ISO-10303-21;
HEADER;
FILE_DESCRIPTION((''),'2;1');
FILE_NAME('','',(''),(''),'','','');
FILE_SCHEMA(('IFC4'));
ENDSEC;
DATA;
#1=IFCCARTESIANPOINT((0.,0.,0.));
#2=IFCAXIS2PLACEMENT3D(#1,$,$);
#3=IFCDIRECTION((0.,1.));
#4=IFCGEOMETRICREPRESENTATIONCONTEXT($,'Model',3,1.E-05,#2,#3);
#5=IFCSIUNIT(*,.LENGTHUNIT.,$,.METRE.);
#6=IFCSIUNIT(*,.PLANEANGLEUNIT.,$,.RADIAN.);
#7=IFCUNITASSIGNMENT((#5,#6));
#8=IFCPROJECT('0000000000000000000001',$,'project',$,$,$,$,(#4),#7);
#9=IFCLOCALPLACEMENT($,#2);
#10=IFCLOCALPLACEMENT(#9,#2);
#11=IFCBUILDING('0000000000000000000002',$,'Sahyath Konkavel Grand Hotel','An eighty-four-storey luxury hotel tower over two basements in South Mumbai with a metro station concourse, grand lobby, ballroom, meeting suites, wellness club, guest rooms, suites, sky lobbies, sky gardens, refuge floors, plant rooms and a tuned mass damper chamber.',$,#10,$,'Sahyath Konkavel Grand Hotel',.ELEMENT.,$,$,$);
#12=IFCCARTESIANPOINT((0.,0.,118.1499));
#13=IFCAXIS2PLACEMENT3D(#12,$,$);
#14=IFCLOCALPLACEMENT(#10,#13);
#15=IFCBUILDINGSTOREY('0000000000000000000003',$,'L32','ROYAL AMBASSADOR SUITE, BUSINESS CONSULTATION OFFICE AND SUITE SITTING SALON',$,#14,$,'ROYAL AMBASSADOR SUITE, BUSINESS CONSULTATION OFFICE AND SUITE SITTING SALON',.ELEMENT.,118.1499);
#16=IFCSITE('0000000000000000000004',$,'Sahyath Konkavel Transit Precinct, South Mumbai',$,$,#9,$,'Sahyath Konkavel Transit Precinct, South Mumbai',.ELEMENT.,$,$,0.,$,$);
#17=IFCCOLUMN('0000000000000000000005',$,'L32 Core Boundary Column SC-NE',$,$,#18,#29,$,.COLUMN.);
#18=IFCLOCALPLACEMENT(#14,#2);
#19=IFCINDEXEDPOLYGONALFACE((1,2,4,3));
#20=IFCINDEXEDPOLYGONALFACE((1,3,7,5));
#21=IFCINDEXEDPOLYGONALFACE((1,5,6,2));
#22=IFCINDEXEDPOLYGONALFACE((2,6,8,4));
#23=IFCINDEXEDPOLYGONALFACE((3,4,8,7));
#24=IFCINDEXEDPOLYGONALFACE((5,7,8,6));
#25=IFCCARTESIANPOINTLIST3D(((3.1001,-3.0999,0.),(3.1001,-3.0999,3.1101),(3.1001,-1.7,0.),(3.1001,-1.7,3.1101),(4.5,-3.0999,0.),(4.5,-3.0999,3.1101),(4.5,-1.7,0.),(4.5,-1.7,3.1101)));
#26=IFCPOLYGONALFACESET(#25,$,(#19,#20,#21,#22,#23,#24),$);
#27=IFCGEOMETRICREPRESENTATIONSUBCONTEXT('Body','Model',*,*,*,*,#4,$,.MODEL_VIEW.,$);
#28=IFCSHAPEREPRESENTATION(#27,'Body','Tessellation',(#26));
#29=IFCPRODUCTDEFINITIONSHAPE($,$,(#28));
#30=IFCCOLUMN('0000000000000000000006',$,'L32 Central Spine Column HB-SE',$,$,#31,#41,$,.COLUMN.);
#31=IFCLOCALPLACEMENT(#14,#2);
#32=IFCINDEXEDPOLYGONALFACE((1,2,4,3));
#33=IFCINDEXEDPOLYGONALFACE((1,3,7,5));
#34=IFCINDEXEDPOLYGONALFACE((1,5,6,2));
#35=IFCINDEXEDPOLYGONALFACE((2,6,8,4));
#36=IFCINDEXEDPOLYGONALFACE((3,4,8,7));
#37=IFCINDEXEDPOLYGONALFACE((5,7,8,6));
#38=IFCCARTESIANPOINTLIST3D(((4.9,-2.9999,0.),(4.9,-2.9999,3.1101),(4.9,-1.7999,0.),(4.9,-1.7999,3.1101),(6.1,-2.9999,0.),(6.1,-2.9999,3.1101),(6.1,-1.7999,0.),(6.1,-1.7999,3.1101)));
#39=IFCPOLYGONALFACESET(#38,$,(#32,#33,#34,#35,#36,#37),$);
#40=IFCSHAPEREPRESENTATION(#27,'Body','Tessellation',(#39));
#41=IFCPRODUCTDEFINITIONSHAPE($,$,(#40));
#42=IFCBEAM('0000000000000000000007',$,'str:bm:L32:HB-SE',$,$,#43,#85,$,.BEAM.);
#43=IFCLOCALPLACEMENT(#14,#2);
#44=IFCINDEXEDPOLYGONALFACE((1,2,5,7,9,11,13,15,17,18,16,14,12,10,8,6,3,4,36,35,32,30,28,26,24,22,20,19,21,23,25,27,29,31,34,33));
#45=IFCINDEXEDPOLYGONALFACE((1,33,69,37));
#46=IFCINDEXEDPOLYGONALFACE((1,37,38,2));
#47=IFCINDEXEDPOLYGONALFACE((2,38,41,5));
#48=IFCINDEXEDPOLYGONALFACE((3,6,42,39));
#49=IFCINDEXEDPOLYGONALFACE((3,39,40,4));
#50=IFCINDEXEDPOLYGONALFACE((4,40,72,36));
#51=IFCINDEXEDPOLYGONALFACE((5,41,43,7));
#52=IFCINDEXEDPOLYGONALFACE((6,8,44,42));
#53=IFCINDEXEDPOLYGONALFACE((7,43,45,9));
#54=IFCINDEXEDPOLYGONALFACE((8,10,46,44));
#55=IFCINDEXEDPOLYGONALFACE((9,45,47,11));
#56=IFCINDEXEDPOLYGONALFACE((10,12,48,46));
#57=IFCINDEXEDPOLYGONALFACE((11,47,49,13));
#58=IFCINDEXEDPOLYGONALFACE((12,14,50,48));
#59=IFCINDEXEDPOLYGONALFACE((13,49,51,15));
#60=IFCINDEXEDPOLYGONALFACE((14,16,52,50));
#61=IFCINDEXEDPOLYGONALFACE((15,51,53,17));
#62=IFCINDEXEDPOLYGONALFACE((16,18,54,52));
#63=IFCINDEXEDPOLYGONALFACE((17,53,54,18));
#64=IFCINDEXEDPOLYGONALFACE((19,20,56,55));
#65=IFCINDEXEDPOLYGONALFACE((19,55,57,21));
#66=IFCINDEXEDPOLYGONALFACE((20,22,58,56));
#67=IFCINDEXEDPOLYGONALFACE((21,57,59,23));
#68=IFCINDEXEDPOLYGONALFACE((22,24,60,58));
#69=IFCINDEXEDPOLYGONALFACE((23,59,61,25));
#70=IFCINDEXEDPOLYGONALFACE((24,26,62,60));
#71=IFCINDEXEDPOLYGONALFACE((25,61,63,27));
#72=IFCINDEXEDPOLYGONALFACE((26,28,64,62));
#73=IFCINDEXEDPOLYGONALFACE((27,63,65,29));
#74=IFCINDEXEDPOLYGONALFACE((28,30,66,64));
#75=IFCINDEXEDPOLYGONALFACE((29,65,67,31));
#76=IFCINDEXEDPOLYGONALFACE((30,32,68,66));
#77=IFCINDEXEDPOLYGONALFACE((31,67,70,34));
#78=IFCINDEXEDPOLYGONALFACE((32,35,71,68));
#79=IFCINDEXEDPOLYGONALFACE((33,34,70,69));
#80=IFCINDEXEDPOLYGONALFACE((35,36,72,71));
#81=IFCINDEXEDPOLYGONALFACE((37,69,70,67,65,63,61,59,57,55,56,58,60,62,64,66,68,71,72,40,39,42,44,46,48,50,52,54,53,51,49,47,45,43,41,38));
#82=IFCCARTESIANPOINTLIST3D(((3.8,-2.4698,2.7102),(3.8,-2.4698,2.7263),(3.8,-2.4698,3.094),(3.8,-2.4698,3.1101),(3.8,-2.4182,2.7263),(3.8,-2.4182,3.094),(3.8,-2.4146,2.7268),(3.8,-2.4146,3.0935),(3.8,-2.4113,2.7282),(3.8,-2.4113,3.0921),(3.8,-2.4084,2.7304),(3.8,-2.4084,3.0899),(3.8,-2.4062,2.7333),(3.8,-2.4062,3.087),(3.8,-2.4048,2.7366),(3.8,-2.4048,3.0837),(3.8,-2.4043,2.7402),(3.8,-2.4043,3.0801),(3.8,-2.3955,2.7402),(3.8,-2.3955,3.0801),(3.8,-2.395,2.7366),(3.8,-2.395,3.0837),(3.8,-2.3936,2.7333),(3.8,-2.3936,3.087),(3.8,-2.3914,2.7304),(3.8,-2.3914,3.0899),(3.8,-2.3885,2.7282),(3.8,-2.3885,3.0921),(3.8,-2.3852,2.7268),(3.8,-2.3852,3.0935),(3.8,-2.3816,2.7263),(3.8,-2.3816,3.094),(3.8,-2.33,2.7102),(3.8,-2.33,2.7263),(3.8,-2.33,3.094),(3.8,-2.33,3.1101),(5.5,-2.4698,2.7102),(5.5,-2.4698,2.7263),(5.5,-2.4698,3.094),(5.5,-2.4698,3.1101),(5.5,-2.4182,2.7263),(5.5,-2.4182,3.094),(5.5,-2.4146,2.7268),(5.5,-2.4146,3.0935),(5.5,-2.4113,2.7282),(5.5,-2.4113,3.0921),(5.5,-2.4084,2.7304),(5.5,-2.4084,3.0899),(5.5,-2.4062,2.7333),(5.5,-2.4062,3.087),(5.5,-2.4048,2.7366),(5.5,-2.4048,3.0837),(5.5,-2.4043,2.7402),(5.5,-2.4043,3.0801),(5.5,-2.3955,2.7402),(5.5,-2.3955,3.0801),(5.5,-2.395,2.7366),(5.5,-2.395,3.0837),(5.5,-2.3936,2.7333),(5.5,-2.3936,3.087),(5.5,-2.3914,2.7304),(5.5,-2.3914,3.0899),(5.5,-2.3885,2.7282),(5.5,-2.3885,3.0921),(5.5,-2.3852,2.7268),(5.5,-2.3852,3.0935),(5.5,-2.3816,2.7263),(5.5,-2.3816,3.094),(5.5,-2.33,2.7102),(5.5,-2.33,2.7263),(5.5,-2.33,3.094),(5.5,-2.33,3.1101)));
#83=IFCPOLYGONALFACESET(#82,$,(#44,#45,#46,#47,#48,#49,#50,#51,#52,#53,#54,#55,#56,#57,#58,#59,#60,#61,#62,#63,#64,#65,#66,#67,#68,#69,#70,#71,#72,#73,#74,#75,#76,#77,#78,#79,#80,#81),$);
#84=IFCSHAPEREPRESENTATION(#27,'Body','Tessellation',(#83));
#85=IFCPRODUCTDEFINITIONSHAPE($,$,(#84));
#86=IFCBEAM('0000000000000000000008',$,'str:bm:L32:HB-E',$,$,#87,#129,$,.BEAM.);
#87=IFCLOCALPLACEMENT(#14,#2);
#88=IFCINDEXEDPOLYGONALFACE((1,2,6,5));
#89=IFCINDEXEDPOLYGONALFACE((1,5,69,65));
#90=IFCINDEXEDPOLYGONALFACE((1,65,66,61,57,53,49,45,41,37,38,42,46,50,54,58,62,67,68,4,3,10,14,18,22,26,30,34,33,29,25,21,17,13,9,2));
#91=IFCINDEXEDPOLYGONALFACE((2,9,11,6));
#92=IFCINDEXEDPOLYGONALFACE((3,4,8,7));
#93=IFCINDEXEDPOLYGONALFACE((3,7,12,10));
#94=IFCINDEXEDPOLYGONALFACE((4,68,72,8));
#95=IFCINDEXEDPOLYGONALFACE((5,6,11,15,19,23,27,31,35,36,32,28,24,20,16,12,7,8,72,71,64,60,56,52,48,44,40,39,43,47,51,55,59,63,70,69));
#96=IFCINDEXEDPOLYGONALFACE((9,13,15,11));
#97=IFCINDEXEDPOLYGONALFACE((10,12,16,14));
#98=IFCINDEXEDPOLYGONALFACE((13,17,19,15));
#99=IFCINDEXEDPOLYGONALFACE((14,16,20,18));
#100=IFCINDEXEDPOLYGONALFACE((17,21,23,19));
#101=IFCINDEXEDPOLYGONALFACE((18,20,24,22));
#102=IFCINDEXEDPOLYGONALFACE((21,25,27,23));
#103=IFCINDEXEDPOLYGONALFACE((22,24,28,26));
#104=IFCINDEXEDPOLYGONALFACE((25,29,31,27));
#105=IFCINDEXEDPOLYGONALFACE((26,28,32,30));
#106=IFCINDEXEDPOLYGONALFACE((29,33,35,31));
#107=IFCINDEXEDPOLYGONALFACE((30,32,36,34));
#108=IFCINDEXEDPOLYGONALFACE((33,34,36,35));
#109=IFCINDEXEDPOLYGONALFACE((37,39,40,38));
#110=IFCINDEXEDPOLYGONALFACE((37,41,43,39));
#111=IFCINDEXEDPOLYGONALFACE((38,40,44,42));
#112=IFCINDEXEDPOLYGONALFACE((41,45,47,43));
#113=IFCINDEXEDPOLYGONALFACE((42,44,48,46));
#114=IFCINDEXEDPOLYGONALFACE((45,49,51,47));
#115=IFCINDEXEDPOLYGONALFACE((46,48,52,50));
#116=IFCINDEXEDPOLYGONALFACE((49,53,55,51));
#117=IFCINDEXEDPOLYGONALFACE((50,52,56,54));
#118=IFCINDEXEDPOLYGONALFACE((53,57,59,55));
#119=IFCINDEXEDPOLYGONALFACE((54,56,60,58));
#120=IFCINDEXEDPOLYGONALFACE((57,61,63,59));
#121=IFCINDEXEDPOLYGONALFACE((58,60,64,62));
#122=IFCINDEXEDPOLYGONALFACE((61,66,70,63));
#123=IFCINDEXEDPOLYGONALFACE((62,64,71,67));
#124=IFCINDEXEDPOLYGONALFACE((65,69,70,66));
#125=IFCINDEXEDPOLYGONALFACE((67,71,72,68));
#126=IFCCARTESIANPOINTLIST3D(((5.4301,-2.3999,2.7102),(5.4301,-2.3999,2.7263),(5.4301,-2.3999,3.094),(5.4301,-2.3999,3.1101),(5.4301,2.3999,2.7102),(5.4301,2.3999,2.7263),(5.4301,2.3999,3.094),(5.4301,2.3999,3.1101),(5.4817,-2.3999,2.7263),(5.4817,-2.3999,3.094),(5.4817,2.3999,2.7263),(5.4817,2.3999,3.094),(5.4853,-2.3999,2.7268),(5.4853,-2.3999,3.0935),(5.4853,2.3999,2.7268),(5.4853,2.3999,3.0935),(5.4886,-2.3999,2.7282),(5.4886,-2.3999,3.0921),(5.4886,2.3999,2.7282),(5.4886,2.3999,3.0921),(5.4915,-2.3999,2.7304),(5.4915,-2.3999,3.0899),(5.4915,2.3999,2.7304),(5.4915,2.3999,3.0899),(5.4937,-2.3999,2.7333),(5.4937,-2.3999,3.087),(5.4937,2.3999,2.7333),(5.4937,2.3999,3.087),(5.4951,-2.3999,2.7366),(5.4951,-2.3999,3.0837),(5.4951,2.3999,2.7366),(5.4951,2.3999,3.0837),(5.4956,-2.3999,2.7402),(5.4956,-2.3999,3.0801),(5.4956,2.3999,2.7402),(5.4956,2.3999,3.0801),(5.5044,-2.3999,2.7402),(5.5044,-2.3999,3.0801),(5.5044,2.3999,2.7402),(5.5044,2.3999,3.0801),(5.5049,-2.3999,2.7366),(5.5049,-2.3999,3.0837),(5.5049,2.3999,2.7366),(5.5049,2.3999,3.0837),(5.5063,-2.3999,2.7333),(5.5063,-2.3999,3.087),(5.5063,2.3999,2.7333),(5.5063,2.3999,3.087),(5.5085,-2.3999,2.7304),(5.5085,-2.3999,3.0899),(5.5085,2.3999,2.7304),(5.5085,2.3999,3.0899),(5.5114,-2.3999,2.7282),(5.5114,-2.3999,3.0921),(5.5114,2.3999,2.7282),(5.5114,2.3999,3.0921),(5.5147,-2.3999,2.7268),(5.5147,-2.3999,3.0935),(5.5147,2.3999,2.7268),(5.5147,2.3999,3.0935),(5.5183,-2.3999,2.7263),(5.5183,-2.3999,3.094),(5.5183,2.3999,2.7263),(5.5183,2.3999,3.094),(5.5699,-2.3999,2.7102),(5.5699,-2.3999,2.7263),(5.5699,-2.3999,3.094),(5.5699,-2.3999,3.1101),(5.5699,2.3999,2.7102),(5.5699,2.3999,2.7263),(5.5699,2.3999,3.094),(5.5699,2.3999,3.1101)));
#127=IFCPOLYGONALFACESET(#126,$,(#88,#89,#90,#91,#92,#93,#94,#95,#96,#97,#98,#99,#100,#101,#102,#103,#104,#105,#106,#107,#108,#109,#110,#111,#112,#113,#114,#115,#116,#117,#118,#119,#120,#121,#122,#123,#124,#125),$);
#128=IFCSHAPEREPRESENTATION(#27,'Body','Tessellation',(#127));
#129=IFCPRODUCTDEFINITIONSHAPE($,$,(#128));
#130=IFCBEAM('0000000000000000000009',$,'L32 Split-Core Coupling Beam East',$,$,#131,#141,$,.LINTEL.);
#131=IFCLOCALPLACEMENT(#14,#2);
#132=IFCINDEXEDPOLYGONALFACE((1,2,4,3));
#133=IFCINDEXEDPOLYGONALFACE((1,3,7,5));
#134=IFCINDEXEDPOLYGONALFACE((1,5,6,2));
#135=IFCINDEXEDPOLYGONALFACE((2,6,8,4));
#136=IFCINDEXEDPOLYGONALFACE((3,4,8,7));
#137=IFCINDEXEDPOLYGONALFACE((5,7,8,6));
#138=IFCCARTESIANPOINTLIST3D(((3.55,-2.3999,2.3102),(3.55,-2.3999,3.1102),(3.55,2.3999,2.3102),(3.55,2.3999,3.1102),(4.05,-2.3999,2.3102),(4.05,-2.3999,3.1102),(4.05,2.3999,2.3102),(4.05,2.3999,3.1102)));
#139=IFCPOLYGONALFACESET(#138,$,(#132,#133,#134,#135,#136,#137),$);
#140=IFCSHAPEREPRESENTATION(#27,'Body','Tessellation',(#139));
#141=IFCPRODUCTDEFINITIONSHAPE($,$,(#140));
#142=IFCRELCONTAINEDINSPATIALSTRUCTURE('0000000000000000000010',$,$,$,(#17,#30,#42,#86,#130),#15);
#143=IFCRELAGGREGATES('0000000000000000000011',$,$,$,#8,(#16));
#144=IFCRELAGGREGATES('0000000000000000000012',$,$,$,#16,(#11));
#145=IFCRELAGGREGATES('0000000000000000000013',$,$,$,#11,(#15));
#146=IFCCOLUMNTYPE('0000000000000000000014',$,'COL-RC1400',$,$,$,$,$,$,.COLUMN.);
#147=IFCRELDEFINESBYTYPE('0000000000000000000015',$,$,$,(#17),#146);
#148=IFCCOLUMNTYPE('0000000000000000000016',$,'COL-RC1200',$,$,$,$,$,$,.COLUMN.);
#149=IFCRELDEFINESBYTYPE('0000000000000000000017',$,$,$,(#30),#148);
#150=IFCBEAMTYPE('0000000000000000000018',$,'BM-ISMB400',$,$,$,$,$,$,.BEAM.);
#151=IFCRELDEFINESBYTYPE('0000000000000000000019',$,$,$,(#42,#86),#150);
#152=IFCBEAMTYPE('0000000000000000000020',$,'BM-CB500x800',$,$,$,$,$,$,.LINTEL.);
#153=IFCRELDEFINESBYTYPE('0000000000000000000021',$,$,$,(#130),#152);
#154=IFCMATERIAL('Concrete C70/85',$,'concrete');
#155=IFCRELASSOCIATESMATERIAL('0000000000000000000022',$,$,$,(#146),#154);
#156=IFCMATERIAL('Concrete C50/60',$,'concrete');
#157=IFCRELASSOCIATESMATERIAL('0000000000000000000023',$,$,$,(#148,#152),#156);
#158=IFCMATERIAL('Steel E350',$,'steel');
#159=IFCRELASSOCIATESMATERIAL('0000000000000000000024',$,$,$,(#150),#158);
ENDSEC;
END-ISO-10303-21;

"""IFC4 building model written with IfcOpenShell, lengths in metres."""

from ifc_helpers import new_model, si_unit, direction, frame, origin, origin_2d, place, context, subcontext, project, spatial, rectangle, i_section, extrude, source, transform, mapped, material, material_profile, profile_set, type_object, element, save


model = new_model("IFC4")

# Units and contexts
model_context = context("Model", 3, precision=1e-05, world=origin(), true_north=direction((0.0, 1.0)))
body_context = subcontext(model_context, "Body", "Model", "MODEL_VIEW")
ifc_project = project(units=[si_unit("LENGTHUNIT", "METRE"), si_unit("PLANEANGLEUNIT", "RADIAN")], contexts=[model_context])

# Site, building, storey
site_placement = place(None, origin())
site = spatial("IfcSite", under=ifc_project, at=site_placement, Name="Sahyath Konkavel Transit Precinct, South Mumbai", LongName="Sahyath Konkavel Transit Precinct, South Mumbai", CompositionType="ELEMENT", RefElevation=0.0)
building_placement = place(site_placement, origin())
building = spatial("IfcBuilding", under=site, at=building_placement, Name="Sahyath Konkavel Grand Hotel", Description="An eighty-four-storey luxury hotel tower over two basements in South Mumbai with a metro station concourse, grand lobby, ballroom, meeting suites, wellness club, guest rooms, suites, sky lobbies, sky gardens, refuge floors, plant rooms and a tuned mass damper chamber.", LongName="Sahyath Konkavel Grand Hotel", CompositionType="ELEMENT")
storey_placement = place(building_placement, frame((0.0, 0.0, 118.1499)))
storey = spatial("IfcBuildingStorey", under=building, at=storey_placement, Name="L32", Description="ROYAL AMBASSADOR SUITE, BUSINESS CONSULTATION OFFICE AND SUITE SITTING SALON", LongName="ROYAL AMBASSADOR SUITE, BUSINESS CONSULTATION OFFICE AND SUITE SITTING SALON", CompositionType="ELEMENT", Elevation=118.1499)

# Columns
ifc_material_1 = material(Name="Concrete C70/85", Category="concrete")
ifc_material_profile_1 = material_profile(ifc_material_1, rectangle(XDim=1.3999, YDim=1.3999, at=origin_2d()), Name="RC 1400x1400")
ifc_profile_set_1 = profile_set([ifc_material_profile_1], Name="Concrete C70/85")
column_type_1 = type_object("IfcColumnType", Name="COL-RC1400", PredefinedType="COLUMN", material=ifc_profile_set_1)
shared_shape_1 = source(origin(), body_context, "Body", "SweptSolid", [
    extrude(rectangle(XDim=1.3999, YDim=1.3999, at=origin_2d()), origin(), (0.0, 0.0, 1.0), 3.1101),
])
column_1_placement = place(storey_placement, frame((3.8, -2.3999, 0.0), z_axis=(0.0, 0.0, 1.0), x_axis=(1.0, 0.0, 0.0)))
element("IfcColumn", 1, at=column_1_placement, inside=storey, type_object=column_type_1, Name="L32 Core Boundary Column SC-NE", PredefinedType="COLUMN", context=body_context, shape_type="MappedRepresentation", body=[
    mapped(shared_shape_1, transform((0.0, 0.0, 0.0), scale=1.0)),
])
ifc_material_2 = material(Name="Concrete C50/60", Category="concrete")
ifc_material_profile_2 = material_profile(ifc_material_2, rectangle(XDim=1.2, YDim=1.2, at=origin_2d()), Name="RC 1200x1200")
ifc_profile_set_2 = profile_set([ifc_material_profile_2], Name="Concrete C50/60")
column_type_2 = type_object("IfcColumnType", Name="COL-RC1200", PredefinedType="COLUMN", material=ifc_profile_set_2)
shared_shape_2 = source(origin(), body_context, "Body", "SweptSolid", [
    extrude(rectangle(XDim=1.2, YDim=1.2, at=origin_2d()), origin(), (0.0, 0.0, 1.0), 3.1101),
])
column_2_placement = place(storey_placement, frame((5.5, -2.3999, 0.0), z_axis=(0.0, 0.0, 1.0), x_axis=(1.0, 0.0, 0.0)))
element("IfcColumn", 2, at=column_2_placement, inside=storey, type_object=column_type_2, Name="L32 Central Spine Column HB-SE", PredefinedType="COLUMN", context=body_context, shape_type="MappedRepresentation", body=[
    mapped(shared_shape_2, transform((0.0, 0.0, 0.0), scale=1.0)),
])

# Beams
ifc_material_3 = material(Name="Steel E350", Category="steel")
ifc_material_profile_3 = material_profile(ifc_material_3, i_section(OverallWidth=0.1399, OverallDepth=0.3999, WebThickness=0.0088, FlangeThickness=0.0161, FilletRadius=0.0139, at=origin_2d()), Name="ISMB 400")
ifc_profile_set_3 = profile_set([ifc_material_profile_3], Name="Steel E350")
beam_type_1 = type_object("IfcBeamType", Name="BM-ISMB400", PredefinedType="BEAM", material=ifc_profile_set_3)
shared_shape_3 = source(origin(), body_context, "Body", "SweptSolid", [
    extrude(i_section(OverallWidth=0.1399, OverallDepth=0.3999, WebThickness=0.0088, FlangeThickness=0.0161, FilletRadius=0.0139, at=origin_2d()), origin(), (0.0, 0.0, 1.0), 1.7),
])
beam_1_placement = place(storey_placement, frame((3.8, -2.3999, 2.9102), z_axis=(1.0, 0.0, 0.0), x_axis=(0.0, 1.0, 0.0)))
element("IfcBeam", 3, at=beam_1_placement, inside=storey, type_object=beam_type_1, Name="str:bm:L32:HB-SE", PredefinedType="BEAM", context=body_context, shape_type="MappedRepresentation", body=[
    mapped(shared_shape_3, transform((0.0, 0.0, 0.0), scale=1.0)),
])
shared_shape_4 = source(origin(), body_context, "Body", "SweptSolid", [
    extrude(i_section(OverallWidth=0.1399, OverallDepth=0.3999, WebThickness=0.0088, FlangeThickness=0.0161, FilletRadius=0.0139, at=origin_2d()), origin(), (0.0, 0.0, 1.0), 4.7998),
])
beam_2_placement = place(storey_placement, frame((5.5, -2.3999, 2.9102), z_axis=(0.0, 1.0, 0.0), x_axis=(-1.0, 0.0, 0.0)))
element("IfcBeam", 4, at=beam_2_placement, inside=storey, type_object=beam_type_1, Name="str:bm:L32:HB-E", PredefinedType="BEAM", context=body_context, shape_type="MappedRepresentation", body=[
    mapped(shared_shape_4, transform((0.0, 0.0, 0.0), scale=1.0)),
])
ifc_material_profile_4 = material_profile(ifc_material_2, rectangle(XDim=0.5, YDim=0.8, at=origin_2d()), Name="RC 500x800")
ifc_profile_set_4 = profile_set([ifc_material_profile_4], Name="Concrete C50/60")
beam_type_2 = type_object("IfcBeamType", Name="BM-CB500x800", PredefinedType="LINTEL", material=ifc_profile_set_4)
shared_shape_5 = source(origin(), body_context, "Body", "SweptSolid", [
    extrude(rectangle(XDim=0.5, YDim=0.8, at=origin_2d()), origin(), (0.0, 0.0, 1.0), 4.7998),
])
beam_3_placement = place(storey_placement, frame((3.8, -2.3999, 2.7102), z_axis=(0.0, 1.0, 0.0), x_axis=(-1.0, 0.0, 0.0)))
element("IfcBeam", 5, at=beam_3_placement, inside=storey, type_object=beam_type_2, Name="L32 Split-Core Coupling Beam East", PredefinedType="LINTEL", context=body_context, shape_type="MappedRepresentation", body=[
    mapped(shared_shape_5, transform((0.0, 0.0, 0.0), scale=1.0)),
])

save(model, "model.ifc")
